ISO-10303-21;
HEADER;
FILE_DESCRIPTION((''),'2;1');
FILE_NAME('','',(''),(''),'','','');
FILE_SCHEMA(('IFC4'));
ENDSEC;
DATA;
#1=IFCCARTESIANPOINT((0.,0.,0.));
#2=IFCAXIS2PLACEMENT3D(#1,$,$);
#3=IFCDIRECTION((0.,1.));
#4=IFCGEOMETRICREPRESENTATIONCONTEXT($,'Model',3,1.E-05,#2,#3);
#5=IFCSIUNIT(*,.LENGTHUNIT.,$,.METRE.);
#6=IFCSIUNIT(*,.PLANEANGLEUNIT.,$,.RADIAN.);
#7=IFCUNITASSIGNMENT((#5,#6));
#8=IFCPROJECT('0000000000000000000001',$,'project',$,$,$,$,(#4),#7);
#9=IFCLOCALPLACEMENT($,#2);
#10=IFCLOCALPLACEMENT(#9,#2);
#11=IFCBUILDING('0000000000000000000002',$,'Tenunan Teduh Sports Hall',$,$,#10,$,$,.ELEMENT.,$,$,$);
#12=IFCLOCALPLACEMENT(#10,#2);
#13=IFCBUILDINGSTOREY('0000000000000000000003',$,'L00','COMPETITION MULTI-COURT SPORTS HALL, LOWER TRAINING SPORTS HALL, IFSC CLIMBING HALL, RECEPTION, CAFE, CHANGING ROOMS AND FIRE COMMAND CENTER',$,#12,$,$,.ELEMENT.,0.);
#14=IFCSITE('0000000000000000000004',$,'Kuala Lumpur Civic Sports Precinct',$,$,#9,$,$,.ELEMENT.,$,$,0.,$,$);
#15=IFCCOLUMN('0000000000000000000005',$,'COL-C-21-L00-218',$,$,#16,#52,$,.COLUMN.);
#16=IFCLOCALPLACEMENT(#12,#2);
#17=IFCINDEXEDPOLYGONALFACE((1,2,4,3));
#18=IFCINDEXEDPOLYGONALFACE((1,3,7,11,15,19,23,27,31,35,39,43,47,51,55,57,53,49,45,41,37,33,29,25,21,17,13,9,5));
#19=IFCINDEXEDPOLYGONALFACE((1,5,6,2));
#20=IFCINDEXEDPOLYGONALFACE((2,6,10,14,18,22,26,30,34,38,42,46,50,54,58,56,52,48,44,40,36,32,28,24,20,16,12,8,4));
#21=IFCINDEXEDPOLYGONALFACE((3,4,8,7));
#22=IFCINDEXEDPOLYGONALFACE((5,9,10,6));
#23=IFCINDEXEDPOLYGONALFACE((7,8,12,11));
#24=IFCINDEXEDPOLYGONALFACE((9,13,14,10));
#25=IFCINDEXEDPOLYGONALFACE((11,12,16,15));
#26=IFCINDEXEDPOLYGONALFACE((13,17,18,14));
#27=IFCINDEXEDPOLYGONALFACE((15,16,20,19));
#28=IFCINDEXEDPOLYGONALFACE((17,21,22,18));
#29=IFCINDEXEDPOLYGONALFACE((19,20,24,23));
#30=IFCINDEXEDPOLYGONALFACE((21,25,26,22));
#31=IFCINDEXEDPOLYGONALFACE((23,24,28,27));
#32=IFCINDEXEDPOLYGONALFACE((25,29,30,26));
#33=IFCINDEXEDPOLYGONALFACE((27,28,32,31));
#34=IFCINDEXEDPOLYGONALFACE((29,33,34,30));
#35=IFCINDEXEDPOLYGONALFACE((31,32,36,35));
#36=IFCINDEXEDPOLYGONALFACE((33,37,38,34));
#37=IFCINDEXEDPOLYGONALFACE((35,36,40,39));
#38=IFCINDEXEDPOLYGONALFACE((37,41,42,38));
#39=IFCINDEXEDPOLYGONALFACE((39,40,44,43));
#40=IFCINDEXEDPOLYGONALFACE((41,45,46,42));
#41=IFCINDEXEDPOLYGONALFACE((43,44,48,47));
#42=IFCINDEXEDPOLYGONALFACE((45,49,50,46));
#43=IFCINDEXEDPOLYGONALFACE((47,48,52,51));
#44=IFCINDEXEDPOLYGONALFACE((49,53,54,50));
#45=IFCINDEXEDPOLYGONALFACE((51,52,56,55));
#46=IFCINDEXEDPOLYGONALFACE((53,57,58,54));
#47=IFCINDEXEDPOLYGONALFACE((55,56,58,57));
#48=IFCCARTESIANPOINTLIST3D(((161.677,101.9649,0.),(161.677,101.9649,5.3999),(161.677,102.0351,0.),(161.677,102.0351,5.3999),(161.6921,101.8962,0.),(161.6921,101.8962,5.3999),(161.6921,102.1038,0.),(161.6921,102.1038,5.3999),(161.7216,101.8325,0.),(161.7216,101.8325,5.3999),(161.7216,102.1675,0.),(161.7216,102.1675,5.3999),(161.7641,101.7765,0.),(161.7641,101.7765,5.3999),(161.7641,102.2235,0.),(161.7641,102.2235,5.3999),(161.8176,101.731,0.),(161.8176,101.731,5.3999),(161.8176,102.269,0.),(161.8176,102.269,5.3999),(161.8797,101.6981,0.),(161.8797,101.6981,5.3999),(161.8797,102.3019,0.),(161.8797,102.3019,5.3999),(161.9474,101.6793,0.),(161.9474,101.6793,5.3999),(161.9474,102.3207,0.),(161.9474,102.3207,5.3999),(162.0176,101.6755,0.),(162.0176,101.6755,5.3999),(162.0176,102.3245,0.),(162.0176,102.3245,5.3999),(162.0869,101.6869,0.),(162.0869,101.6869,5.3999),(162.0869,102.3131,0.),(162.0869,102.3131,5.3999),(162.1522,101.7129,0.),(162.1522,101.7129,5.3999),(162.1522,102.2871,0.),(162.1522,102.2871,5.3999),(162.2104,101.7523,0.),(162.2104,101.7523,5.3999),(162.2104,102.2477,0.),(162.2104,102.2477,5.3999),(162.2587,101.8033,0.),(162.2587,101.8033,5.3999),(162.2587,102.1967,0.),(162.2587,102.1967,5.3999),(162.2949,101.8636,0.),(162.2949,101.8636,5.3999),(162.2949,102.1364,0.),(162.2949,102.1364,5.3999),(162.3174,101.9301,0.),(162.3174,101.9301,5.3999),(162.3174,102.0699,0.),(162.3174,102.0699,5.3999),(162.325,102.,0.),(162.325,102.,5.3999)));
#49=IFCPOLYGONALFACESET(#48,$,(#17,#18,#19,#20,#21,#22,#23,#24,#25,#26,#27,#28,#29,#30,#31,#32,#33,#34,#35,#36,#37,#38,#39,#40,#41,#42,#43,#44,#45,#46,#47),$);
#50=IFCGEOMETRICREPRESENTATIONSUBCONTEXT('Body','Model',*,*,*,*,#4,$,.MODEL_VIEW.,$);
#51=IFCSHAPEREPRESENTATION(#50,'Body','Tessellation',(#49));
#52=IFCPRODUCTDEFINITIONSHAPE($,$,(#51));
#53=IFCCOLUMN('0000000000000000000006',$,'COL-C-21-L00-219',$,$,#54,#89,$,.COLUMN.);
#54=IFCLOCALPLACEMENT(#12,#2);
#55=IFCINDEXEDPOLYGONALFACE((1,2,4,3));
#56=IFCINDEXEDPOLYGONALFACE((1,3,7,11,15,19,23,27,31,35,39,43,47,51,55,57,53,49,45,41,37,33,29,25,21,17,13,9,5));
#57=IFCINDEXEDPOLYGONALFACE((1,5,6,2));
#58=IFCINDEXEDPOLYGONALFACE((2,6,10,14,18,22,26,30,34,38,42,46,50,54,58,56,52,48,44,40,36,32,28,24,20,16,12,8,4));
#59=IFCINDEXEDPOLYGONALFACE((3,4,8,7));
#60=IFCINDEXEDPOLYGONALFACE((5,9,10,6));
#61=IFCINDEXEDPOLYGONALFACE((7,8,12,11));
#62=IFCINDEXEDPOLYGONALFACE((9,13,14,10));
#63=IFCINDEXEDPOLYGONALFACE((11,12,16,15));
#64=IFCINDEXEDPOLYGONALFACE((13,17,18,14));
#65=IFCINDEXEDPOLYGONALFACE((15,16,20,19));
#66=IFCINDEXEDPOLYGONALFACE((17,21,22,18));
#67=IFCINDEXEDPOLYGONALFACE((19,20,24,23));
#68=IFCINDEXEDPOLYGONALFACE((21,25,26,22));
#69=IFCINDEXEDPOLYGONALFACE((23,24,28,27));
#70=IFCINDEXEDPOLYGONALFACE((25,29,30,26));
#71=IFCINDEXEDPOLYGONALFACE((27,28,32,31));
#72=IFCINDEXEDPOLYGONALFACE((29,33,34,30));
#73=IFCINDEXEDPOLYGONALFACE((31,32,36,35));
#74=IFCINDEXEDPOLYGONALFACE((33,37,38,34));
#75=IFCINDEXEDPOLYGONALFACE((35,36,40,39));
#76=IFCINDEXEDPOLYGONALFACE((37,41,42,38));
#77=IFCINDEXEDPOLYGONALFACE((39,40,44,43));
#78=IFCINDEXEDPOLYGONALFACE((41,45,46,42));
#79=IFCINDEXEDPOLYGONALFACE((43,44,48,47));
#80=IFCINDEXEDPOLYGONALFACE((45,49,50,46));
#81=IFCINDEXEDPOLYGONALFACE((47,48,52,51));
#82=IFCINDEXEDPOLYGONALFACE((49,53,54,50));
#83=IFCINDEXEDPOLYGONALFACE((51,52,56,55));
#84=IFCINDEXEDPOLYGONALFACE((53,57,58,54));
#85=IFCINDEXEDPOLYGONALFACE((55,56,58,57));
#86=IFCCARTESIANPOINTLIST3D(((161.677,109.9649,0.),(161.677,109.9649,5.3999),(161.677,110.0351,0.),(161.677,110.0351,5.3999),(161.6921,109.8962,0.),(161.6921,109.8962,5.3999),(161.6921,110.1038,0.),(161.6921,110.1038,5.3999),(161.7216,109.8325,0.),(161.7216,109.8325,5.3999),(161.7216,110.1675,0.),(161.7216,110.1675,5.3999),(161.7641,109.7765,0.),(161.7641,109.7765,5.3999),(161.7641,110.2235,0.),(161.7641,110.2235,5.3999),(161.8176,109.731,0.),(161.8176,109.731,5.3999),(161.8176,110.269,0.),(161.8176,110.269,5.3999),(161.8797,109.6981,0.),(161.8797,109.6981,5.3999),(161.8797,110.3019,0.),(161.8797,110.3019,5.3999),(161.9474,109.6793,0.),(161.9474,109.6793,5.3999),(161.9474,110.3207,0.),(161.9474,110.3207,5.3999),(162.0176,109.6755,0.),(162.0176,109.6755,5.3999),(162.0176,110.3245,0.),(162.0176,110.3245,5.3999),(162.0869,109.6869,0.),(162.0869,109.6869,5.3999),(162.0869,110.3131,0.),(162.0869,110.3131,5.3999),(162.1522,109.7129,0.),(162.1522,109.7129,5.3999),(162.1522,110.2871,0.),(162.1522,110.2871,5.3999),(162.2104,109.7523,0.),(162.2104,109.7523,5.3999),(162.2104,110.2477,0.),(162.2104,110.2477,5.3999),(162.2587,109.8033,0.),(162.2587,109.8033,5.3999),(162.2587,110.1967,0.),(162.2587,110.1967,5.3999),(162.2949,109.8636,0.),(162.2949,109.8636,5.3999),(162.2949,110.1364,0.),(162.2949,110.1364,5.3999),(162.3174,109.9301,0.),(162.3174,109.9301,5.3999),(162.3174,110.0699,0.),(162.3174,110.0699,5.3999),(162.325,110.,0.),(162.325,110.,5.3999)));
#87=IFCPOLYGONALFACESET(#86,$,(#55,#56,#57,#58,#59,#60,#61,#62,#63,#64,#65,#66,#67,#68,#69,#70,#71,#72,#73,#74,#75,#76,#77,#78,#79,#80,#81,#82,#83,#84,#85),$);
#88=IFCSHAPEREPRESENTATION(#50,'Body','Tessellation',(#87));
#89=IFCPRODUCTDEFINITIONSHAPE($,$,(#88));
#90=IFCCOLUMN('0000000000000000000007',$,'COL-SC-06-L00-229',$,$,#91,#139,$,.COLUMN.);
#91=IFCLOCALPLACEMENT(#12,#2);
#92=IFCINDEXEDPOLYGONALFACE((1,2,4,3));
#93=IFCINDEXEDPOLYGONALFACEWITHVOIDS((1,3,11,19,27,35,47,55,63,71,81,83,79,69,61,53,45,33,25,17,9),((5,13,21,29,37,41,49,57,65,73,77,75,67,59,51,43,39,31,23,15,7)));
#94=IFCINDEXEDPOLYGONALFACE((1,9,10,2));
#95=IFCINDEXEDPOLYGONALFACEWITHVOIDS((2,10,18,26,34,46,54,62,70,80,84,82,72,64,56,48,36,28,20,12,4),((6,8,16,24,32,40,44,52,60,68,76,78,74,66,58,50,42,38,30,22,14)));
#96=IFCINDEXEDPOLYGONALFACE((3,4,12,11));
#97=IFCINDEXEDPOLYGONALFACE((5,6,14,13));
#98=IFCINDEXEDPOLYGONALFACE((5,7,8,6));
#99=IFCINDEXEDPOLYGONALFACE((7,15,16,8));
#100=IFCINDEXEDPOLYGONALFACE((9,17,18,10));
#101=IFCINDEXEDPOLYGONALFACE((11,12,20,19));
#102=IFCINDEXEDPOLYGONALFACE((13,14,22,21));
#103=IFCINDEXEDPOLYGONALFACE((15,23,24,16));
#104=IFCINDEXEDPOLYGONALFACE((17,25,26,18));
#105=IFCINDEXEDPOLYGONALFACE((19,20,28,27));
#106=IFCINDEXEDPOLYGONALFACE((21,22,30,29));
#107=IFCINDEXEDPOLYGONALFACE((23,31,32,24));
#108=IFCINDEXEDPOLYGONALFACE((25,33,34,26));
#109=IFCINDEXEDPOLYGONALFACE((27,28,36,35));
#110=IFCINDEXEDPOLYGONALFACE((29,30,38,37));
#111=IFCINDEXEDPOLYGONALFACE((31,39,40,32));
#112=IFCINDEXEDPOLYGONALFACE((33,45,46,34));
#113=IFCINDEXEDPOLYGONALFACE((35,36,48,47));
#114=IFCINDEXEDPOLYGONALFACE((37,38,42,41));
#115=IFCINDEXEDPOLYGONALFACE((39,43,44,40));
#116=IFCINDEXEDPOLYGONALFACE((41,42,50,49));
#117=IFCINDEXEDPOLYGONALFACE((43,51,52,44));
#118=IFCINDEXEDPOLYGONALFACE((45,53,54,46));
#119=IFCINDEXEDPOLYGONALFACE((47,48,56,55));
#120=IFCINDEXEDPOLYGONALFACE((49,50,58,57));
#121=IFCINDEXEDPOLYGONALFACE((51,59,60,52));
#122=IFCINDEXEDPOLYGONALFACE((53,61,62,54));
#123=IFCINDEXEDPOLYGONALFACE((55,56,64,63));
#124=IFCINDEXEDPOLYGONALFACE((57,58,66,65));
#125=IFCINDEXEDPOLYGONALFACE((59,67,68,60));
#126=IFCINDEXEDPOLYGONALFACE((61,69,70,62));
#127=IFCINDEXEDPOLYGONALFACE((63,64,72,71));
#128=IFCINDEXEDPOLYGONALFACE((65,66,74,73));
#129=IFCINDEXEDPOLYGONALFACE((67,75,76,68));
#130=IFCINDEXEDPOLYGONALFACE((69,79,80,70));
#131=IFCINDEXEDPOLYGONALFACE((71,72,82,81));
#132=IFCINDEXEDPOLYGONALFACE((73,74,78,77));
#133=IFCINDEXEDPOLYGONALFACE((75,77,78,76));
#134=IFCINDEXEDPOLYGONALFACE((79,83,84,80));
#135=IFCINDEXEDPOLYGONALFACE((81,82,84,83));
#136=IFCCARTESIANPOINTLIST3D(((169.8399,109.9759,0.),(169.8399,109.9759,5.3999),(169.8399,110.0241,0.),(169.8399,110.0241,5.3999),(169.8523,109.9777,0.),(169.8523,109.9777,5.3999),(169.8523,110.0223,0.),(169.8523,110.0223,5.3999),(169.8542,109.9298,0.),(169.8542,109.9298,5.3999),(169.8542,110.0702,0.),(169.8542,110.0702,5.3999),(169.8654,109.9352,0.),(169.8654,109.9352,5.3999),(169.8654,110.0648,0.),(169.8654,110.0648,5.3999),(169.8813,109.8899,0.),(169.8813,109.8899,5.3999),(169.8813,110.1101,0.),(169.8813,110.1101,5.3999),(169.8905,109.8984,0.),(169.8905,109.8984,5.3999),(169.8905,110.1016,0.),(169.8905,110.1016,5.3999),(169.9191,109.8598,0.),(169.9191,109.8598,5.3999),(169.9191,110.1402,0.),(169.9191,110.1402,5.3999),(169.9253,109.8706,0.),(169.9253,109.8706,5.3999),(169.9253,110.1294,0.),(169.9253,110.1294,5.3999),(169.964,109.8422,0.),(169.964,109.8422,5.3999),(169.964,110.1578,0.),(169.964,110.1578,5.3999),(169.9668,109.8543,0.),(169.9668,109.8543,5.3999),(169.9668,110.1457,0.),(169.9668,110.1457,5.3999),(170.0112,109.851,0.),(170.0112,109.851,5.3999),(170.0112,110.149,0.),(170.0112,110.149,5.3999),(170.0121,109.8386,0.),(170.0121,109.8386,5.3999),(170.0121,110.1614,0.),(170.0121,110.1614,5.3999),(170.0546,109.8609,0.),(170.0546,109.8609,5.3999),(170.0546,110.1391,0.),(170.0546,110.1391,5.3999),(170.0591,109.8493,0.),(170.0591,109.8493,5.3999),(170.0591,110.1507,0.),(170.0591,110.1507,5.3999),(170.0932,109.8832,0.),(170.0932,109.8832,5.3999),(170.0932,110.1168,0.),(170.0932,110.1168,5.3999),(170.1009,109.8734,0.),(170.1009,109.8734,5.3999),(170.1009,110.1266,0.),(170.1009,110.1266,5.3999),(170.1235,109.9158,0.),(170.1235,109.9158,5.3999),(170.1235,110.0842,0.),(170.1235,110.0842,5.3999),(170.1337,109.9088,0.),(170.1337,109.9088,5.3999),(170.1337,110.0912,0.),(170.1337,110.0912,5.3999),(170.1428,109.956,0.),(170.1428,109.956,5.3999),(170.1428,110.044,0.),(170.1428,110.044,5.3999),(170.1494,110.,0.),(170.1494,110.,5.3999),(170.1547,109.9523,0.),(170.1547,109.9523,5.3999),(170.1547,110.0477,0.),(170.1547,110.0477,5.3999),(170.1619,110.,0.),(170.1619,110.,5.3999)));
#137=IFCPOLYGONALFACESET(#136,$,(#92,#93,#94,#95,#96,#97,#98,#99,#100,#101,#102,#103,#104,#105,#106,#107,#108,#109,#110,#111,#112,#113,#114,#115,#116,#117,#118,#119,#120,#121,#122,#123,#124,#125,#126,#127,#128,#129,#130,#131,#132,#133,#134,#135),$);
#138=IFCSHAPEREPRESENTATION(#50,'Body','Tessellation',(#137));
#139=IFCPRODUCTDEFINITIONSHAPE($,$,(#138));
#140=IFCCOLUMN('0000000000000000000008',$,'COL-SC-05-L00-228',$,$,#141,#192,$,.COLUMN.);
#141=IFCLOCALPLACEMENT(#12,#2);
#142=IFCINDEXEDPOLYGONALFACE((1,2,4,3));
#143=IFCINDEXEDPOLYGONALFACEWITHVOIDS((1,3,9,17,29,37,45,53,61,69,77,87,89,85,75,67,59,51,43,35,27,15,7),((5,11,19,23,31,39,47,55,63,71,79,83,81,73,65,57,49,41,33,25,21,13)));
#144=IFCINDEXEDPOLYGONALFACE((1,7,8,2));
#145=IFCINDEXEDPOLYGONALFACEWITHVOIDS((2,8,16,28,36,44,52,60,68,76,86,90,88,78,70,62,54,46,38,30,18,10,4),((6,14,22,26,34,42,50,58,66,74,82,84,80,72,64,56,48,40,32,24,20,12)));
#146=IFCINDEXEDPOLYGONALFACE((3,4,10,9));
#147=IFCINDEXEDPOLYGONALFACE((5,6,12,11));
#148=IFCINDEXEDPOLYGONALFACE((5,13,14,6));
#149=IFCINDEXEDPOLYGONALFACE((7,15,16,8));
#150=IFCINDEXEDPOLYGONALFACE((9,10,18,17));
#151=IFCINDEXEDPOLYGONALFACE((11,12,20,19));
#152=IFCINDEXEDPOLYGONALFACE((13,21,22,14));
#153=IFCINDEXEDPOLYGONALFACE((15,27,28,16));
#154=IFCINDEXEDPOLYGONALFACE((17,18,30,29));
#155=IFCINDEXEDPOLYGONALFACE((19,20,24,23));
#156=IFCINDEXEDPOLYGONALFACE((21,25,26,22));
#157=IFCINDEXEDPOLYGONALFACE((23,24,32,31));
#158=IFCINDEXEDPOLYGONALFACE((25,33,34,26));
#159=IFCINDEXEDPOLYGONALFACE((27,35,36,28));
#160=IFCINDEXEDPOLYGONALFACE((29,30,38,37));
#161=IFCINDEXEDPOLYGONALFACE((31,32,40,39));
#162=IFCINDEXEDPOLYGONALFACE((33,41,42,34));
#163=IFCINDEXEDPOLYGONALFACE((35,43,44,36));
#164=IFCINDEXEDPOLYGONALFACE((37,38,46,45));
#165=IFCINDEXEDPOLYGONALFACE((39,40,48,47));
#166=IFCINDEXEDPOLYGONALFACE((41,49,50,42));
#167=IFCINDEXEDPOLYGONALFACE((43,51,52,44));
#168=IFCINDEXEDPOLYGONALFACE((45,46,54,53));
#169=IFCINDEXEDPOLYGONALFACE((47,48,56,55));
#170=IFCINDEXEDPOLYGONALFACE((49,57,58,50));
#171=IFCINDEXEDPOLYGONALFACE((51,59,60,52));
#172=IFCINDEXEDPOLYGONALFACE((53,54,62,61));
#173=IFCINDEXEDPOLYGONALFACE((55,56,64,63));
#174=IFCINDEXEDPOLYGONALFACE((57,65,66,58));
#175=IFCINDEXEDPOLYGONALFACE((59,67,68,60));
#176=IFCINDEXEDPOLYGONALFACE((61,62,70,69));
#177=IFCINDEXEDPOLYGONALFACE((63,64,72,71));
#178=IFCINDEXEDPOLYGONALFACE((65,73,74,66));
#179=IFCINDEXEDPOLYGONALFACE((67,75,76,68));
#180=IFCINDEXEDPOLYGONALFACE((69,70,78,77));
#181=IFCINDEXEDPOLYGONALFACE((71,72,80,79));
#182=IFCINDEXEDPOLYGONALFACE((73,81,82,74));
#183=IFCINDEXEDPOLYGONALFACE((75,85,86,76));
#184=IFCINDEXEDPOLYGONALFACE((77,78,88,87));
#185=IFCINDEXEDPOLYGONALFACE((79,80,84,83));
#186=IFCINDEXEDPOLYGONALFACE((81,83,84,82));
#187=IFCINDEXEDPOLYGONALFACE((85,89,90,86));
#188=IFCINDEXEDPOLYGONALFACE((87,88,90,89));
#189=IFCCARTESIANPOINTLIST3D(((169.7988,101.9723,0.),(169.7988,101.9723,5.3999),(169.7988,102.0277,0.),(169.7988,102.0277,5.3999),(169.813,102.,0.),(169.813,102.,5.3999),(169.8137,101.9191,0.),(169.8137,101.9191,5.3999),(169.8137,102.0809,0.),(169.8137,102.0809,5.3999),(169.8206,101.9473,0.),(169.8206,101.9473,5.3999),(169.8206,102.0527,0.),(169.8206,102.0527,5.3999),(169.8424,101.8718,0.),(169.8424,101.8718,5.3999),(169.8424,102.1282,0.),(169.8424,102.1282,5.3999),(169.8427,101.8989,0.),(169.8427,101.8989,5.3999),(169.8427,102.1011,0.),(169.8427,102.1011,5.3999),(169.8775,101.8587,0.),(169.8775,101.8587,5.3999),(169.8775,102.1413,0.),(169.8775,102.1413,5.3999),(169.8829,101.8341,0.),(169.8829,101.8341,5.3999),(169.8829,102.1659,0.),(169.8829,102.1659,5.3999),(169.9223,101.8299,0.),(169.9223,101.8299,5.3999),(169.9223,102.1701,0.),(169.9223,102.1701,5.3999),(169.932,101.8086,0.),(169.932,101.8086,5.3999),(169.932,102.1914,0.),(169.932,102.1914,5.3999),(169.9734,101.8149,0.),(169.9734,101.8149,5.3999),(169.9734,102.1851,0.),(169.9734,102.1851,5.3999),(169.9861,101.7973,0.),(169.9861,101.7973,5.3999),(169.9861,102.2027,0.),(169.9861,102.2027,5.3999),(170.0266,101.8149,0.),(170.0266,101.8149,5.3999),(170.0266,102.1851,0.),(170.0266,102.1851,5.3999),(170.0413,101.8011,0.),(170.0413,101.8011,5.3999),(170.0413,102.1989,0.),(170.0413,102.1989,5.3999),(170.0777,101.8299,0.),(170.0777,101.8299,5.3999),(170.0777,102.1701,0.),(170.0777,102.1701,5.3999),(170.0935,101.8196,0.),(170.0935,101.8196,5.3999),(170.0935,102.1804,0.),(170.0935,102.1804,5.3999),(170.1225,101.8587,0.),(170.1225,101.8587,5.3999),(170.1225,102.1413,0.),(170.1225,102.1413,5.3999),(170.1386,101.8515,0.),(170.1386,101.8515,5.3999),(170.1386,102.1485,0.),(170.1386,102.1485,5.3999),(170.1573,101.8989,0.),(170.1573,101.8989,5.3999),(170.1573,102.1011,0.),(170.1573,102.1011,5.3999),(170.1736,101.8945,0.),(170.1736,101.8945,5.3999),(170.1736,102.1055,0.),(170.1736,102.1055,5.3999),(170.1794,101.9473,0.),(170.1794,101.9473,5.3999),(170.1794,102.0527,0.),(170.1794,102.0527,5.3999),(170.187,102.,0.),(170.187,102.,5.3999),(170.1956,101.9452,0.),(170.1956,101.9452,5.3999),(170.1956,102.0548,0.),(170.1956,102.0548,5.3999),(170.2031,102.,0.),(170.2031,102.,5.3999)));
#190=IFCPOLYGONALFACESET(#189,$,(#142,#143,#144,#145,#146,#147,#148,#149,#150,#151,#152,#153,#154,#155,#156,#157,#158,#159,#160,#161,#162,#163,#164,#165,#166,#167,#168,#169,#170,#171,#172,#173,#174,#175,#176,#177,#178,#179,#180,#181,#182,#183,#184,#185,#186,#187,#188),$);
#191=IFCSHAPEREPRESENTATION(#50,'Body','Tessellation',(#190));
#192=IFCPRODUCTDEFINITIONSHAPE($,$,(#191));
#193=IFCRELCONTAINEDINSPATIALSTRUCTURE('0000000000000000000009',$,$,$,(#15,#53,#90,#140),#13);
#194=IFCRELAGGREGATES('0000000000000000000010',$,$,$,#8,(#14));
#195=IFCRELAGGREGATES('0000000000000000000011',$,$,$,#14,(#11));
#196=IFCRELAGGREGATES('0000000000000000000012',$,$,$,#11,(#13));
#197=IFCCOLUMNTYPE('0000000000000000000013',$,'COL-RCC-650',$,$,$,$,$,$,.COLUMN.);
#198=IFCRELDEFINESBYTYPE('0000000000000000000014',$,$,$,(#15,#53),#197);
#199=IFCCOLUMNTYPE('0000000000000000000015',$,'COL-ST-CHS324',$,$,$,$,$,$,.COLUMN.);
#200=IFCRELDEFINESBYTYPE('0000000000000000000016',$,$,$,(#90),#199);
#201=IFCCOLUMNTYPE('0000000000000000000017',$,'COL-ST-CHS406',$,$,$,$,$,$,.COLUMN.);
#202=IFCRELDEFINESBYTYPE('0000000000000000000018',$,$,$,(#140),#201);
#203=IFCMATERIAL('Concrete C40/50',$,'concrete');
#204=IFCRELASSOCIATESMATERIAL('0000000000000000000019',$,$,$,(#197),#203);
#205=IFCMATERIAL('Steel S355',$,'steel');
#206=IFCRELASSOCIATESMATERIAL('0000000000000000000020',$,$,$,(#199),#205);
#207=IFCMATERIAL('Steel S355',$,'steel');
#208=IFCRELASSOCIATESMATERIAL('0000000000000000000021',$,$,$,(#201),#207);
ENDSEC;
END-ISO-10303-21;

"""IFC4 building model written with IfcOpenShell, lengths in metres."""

from ifc_helpers import new_model, si_unit, direction, frame, origin, origin_2d, place, context, subcontext, project, spatial, circle, hollow_circle, extrude, material, material_profile, profile_set, type_object, element, save


model = new_model("IFC4")

# Units and contexts
model_context = context("Model", 3, precision=1e-05, world=origin(), true_north=direction((0.0, 1.0)))
body_context = subcontext(model_context, "Body", "Model", "MODEL_VIEW")
ifc_project = project(units=[si_unit("LENGTHUNIT", "METRE"), si_unit("PLANEANGLEUNIT", "RADIAN")], contexts=[model_context])

# Site, building, storey
site_placement = place(None, origin())
site = spatial("IfcSite", under=ifc_project, at=site_placement, Name="Kuala Lumpur Civic Sports Precinct", CompositionType="ELEMENT", RefElevation=0.0)
building_placement = place(site_placement, origin())
building = spatial("IfcBuilding", under=site, at=building_placement, Name="Tenunan Teduh Sports Hall", CompositionType="ELEMENT")
storey_placement = place(building_placement, origin())
storey = spatial("IfcBuildingStorey", under=building, at=storey_placement, Name="L00", Description="COMPETITION MULTI-COURT SPORTS HALL, LOWER TRAINING SPORTS HALL, IFSC CLIMBING HALL, RECEPTION, CAFE, CHANGING ROOMS AND FIRE COMMAND CENTER", CompositionType="ELEMENT", Elevation=0.0)

# Columns
ifc_material_1 = material(Name="Concrete C40/50", Category="concrete")
ifc_material_profile_1 = material_profile(ifc_material_1, circle(Radius=0.325, at=origin_2d()), Name="RCC D650")
ifc_profile_set_1 = profile_set([ifc_material_profile_1], Name="Concrete C40/50")
column_type_1 = type_object("IfcColumnType", Name="COL-RCC-650", PredefinedType="COLUMN", material=ifc_profile_set_1)
for number, where, z_axis, x_axis, name in (
    (1, (162.0, 102.0, 0.0), (0.0, 0.0, 1.0), (1.0, 0.0, 0.0), "COL-C-21-L00-218"),
    (2, (162.0, 110.0, 0.0), (0.0, 0.0, 1.0), (1.0, 0.0, 0.0), "COL-C-21-L00-219"),
):
    element("IfcColumn", number, at=place(storey_placement, frame(where, z_axis=z_axis, x_axis=x_axis)), inside=storey, type_object=column_type_1, Name=name, PredefinedType="COLUMN", context=body_context, shape_type="SweptSolid", body=[
        extrude(circle(Radius=0.325, at=origin_2d()), origin(), (0.0, 0.0, 1.0), 5.3999),
    ])
ifc_material_2 = material(Name="Steel S355", Category="steel")
ifc_material_profile_2 = material_profile(ifc_material_2, hollow_circle(Radius=0.1619, WallThickness=0.0125, at=origin_2d()), Name="CHS 323.9x12.5")
ifc_profile_set_2 = profile_set([ifc_material_profile_2], Name="Steel S355")
column_type_2 = type_object("IfcColumnType", Name="COL-ST-CHS324", PredefinedType="COLUMN", material=ifc_profile_set_2)
column_1_placement = place(storey_placement, frame((170.0, 110.0, 0.0), z_axis=(0.0, 0.0, 1.0), x_axis=(1.0, 0.0, 0.0)))
element("IfcColumn", 3, at=column_1_placement, inside=storey, type_object=column_type_2, Name="COL-SC-06-L00-229", PredefinedType="COLUMN", context=body_context, shape_type="SweptSolid", body=[
    extrude(hollow_circle(Radius=0.1619, WallThickness=0.0125, at=origin_2d()), origin(), (0.0, 0.0, 1.0), 5.3999),
])
ifc_material_3 = material(Name="Steel S355", Category="steel")
ifc_material_profile_3 = material_profile(ifc_material_3, hollow_circle(Radius=0.2031, WallThickness=0.0161, at=origin_2d()), Name="CHS 406.4x16.0")
ifc_profile_set_3 = profile_set([ifc_material_profile_3], Name="Steel S355")
column_type_3 = type_object("IfcColumnType", Name="COL-ST-CHS406", PredefinedType="COLUMN", material=ifc_profile_set_3)
column_2_placement = place(storey_placement, frame((170.0, 102.0, 0.0), z_axis=(0.0, 0.0, 1.0), x_axis=(1.0, 0.0, 0.0)))
element("IfcColumn", 4, at=column_2_placement, inside=storey, type_object=column_type_3, Name="COL-SC-05-L00-228", PredefinedType="COLUMN", context=body_context, shape_type="SweptSolid", body=[
    extrude(hollow_circle(Radius=0.2031, WallThickness=0.0161, at=origin_2d()), origin(), (0.0, 0.0, 1.0), 5.3999),
])

save(model, "model.ifc")
